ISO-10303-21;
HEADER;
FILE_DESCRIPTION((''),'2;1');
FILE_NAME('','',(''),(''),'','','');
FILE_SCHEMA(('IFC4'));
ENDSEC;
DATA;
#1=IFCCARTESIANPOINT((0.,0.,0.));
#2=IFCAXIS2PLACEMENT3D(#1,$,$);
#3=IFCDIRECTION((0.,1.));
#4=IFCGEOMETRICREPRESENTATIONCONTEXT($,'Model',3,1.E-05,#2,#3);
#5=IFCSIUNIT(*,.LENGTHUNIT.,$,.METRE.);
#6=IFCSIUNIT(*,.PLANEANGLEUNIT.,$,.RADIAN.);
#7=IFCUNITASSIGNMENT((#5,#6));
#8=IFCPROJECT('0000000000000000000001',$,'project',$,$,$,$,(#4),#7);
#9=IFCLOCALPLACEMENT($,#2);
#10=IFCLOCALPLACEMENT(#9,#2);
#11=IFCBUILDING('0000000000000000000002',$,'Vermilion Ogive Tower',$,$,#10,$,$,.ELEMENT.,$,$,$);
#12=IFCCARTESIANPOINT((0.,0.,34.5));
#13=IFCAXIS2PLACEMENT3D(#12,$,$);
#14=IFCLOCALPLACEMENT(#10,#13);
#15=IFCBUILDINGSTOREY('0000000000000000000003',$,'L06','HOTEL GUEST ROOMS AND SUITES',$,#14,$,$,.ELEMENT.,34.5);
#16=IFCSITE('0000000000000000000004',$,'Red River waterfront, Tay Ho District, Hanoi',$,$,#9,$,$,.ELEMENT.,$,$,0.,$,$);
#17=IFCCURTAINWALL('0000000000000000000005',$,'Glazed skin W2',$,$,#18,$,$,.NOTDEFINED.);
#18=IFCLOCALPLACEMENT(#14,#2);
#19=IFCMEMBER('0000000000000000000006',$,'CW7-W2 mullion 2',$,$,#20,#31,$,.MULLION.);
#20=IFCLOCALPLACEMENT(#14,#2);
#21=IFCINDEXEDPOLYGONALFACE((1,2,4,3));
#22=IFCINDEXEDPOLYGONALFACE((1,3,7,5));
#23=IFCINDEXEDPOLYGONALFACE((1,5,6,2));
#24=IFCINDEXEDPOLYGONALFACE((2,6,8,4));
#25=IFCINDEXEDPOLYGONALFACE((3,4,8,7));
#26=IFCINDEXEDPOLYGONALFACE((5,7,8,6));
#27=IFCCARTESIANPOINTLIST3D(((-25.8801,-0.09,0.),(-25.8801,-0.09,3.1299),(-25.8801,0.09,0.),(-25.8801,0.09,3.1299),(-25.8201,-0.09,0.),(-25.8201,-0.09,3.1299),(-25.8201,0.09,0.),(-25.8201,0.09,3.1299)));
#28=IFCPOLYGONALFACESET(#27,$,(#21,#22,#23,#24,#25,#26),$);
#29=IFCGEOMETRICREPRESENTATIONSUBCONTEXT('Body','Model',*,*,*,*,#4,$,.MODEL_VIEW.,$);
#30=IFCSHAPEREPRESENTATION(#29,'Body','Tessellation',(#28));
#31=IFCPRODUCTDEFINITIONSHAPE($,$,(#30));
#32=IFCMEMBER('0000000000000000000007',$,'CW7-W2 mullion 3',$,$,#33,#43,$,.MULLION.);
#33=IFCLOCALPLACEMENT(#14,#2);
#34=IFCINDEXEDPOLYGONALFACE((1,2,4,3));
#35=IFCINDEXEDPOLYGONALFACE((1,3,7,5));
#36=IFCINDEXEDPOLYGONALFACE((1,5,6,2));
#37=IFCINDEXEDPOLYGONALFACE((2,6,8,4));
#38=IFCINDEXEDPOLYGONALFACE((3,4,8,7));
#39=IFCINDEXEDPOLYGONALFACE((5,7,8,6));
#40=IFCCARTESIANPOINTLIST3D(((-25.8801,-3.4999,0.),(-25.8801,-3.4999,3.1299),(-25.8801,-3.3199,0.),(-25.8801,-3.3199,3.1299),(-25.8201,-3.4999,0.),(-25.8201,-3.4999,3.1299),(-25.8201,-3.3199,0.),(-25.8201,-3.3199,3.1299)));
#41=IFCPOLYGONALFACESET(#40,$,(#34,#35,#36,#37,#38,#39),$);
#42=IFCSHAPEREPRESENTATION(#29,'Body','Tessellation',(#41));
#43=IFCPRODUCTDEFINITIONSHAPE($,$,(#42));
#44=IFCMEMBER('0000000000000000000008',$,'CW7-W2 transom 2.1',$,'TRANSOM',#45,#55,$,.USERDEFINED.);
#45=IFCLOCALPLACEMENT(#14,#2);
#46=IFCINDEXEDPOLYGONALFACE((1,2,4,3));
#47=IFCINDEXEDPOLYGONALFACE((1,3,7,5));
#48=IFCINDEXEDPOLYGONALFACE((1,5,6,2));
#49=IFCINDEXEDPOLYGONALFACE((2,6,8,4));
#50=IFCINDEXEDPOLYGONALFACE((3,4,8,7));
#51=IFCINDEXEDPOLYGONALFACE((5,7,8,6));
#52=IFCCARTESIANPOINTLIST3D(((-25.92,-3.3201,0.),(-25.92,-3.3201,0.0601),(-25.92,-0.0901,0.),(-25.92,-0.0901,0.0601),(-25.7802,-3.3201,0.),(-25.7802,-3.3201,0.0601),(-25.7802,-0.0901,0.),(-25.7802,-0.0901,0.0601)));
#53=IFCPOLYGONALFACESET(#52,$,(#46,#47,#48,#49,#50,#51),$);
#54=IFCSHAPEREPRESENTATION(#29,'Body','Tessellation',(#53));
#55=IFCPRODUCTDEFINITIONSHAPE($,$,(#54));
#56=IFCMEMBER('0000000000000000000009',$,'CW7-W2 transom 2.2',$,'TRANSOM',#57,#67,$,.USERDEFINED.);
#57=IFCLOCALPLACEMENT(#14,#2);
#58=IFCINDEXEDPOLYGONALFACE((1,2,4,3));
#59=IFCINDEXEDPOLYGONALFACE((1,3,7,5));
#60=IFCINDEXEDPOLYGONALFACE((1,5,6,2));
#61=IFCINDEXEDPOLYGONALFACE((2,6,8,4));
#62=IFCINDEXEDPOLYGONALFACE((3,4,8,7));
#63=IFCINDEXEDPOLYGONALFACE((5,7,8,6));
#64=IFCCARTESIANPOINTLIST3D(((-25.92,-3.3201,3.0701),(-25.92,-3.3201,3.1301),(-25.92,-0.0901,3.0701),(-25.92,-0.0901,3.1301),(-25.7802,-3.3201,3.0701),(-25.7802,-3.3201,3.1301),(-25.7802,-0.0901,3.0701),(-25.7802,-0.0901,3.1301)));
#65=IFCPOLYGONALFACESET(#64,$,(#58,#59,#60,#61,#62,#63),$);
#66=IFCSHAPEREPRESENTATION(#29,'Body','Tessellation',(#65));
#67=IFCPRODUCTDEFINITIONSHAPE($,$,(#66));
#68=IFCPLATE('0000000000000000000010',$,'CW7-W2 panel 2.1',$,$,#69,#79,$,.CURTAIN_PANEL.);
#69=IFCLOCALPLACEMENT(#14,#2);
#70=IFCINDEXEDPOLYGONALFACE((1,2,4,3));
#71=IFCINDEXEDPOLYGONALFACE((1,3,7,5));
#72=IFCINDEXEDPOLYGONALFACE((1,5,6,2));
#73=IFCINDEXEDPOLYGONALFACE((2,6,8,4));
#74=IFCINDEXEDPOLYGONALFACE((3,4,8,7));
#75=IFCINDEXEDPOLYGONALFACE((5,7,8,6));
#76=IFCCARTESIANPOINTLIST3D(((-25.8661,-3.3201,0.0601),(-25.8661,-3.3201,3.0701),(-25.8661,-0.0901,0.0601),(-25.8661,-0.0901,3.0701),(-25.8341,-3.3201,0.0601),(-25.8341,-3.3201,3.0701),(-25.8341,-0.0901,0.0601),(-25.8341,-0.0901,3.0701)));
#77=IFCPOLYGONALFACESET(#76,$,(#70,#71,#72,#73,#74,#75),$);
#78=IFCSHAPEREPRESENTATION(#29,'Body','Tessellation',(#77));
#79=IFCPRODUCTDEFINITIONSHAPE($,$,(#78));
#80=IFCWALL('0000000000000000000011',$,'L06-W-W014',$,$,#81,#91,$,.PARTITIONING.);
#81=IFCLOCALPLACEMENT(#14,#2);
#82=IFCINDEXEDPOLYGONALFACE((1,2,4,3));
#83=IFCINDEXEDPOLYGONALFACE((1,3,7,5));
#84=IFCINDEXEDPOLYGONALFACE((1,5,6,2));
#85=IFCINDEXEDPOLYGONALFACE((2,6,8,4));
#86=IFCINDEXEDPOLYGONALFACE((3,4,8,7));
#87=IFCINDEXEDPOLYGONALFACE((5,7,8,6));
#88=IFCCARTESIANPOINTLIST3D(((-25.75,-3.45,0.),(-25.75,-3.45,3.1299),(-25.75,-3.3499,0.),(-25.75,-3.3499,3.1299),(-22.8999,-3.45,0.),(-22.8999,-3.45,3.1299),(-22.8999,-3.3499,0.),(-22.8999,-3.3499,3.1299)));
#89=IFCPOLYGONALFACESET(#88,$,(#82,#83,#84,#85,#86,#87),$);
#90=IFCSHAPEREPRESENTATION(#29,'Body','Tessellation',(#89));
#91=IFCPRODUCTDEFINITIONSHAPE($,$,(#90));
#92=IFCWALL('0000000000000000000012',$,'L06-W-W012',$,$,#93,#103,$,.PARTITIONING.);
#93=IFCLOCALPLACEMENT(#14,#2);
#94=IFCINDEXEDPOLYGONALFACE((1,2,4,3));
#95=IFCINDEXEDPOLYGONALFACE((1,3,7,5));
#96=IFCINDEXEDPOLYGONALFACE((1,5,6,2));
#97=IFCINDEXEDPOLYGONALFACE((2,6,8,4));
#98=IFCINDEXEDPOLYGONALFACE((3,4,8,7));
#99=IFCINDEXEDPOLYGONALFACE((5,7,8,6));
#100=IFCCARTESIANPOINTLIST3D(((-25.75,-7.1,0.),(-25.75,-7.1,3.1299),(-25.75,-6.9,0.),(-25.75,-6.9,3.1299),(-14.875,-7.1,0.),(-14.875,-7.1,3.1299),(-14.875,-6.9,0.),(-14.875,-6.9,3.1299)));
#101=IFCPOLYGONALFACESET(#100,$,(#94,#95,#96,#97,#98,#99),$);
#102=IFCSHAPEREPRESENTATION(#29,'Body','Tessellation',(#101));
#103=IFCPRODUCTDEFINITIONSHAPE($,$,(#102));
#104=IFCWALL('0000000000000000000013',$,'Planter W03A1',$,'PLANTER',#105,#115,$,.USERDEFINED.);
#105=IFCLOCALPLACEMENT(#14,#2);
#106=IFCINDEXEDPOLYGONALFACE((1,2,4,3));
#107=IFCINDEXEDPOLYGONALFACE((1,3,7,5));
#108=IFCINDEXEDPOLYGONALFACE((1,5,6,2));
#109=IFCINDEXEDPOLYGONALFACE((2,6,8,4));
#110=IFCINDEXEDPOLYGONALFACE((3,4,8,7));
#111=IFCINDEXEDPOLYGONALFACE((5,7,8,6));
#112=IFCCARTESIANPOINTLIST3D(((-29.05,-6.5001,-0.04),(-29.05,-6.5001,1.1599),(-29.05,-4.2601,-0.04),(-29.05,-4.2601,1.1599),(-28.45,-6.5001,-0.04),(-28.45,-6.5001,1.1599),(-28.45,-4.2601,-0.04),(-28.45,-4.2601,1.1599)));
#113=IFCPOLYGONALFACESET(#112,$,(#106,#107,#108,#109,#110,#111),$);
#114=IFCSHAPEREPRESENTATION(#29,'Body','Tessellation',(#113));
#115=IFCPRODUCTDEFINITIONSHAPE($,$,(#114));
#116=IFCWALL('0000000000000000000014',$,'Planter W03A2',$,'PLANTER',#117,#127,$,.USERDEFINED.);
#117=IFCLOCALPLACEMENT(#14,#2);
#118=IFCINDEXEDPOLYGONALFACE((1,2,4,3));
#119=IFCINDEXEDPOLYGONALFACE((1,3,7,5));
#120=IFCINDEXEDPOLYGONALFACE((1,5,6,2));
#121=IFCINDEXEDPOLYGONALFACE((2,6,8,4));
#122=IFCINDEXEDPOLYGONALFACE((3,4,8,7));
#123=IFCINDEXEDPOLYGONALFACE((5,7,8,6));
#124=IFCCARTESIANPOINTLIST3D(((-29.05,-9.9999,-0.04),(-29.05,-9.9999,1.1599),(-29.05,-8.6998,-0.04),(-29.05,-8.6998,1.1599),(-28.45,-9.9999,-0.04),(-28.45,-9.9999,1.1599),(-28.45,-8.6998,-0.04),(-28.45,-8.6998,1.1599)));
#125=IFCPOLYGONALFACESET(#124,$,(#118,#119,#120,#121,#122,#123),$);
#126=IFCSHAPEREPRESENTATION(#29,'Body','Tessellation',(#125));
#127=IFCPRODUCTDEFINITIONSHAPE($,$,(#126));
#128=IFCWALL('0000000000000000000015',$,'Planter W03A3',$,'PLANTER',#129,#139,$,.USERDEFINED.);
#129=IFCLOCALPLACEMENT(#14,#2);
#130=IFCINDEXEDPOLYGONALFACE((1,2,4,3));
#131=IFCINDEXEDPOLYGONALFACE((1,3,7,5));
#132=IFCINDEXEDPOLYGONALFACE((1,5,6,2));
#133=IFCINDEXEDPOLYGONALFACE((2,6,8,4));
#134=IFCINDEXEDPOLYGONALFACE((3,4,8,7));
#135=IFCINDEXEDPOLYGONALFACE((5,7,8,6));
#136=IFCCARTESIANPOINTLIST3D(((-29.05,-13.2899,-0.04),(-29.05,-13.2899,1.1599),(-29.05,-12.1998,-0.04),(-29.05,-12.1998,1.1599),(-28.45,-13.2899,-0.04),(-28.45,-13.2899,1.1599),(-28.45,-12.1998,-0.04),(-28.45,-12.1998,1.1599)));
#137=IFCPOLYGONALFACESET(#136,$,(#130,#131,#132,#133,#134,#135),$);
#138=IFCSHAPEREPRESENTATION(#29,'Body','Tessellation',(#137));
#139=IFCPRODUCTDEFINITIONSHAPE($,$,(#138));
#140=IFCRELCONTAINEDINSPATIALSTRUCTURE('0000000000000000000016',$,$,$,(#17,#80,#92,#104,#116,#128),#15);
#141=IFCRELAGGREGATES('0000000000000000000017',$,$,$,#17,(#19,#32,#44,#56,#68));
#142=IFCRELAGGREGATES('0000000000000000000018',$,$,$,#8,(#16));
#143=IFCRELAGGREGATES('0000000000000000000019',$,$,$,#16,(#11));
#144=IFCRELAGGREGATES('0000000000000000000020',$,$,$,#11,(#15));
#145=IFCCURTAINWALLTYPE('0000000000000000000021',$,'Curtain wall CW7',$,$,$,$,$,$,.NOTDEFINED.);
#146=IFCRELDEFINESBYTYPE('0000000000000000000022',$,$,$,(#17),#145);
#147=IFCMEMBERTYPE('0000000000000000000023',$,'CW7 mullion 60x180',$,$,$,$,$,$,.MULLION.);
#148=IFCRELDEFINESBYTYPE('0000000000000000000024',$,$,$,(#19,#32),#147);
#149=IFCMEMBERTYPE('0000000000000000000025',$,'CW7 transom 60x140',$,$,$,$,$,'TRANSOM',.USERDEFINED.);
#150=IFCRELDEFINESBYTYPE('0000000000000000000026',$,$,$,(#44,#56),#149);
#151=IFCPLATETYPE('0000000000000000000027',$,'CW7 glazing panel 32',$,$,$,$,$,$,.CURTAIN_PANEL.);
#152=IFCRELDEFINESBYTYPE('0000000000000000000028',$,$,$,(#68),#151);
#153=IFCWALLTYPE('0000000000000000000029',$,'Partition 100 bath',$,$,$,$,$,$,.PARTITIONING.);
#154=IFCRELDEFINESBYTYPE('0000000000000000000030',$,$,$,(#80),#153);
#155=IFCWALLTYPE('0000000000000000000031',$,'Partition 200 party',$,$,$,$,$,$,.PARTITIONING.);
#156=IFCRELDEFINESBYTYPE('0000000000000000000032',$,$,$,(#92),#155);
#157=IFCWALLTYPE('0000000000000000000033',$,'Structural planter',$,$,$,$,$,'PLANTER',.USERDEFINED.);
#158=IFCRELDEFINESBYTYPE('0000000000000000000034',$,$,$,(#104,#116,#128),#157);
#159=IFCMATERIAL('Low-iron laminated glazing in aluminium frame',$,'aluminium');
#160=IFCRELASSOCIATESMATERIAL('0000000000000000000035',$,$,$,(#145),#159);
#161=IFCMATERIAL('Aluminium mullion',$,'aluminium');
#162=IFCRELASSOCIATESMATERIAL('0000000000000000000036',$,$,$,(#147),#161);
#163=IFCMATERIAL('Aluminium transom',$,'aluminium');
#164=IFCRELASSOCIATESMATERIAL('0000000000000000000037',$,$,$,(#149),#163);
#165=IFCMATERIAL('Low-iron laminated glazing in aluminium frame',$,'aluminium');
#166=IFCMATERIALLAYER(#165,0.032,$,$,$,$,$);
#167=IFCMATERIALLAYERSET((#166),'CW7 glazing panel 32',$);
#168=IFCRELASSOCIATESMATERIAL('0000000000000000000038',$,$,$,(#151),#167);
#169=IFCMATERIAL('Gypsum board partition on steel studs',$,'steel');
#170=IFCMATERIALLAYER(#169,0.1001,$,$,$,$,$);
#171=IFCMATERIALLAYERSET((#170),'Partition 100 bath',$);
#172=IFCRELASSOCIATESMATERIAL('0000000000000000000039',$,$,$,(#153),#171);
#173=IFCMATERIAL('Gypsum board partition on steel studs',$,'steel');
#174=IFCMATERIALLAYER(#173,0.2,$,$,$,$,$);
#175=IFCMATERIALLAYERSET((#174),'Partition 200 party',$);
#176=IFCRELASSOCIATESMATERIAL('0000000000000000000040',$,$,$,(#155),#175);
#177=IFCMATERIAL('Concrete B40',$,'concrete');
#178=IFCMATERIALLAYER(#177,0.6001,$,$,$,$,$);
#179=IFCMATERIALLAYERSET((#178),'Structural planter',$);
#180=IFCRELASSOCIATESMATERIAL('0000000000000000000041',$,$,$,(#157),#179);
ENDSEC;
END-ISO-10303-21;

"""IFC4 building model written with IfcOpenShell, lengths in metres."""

from ifc_helpers import new_model, si_unit, direction, frame, frame_2d, origin, origin_2d, place, context, subcontext, project, spatial, rectangle, extrude, material, layer, layer_set, material_profile, profile_set, type_object, element, aggregate, save


model = new_model("IFC4")

# Units and contexts
model_context = context("Model", 3, precision=1e-05, world=origin(), true_north=direction((0.0, 1.0)))
body_context = subcontext(model_context, "Body", "Model", "MODEL_VIEW")
ifc_project = project(units=[si_unit("LENGTHUNIT", "METRE"), si_unit("PLANEANGLEUNIT", "RADIAN")], contexts=[model_context])

# Site, building, storey
site_placement = place(None, origin())
site = spatial("IfcSite", under=ifc_project, at=site_placement, Name="Red River waterfront, Tay Ho District, Hanoi", CompositionType="ELEMENT", RefElevation=0.0)
building_placement = place(site_placement, origin())
building = spatial("IfcBuilding", under=site, at=building_placement, Name="Vermilion Ogive Tower", CompositionType="ELEMENT")
storey_placement = place(building_placement, frame((0.0, 0.0, 34.5)))
storey = spatial("IfcBuildingStorey", under=building, at=storey_placement, Name="L06", Description="HOTEL GUEST ROOMS AND SUITES", CompositionType="ELEMENT", Elevation=34.5)

# Curtain wall, members, plate
ifc_material_1 = material(Name="Low-iron laminated glazing in aluminium frame", Category="aluminium")
curtain_wall_type = type_object("IfcCurtainWallType", Name="Curtain wall CW7", PredefinedType="NOTDEFINED", material=ifc_material_1)
curtain_wall_placement = place(storey_placement, origin())
curtain_wall = element("IfcCurtainWall", 1, at=curtain_wall_placement, inside=storey, type_object=curtain_wall_type, Name="Glazed skin W2", PredefinedType="NOTDEFINED")
ifc_material_2 = material(Name="Aluminium mullion", Category="aluminium")
ifc_material_profile_1 = material_profile(ifc_material_2, rectangle(XDim=0.0601, YDim=0.1799, at=origin_2d()), Name="AL 60x180")
ifc_profile_set_1 = profile_set([ifc_material_profile_1], Name="Aluminium mullion")
member_type_1 = type_object("IfcMemberType", Name="CW7 mullion 60x180", PredefinedType="MULLION", material=ifc_profile_set_1)
member_1_placement = place(storey_placement, frame((-25.8501, 0.0, 0.0), z_axis=(0.0, 0.0, 1.0), x_axis=(1.0, 0.0, 0.0)))
member_1 = element("IfcMember", 2, at=member_1_placement, type_object=member_type_1, Name="CW7-W2 mullion 2", PredefinedType="MULLION", context=body_context, shape_type="SweptSolid", body=[
    extrude(rectangle(XDim=0.0601, YDim=0.1799, at=origin_2d()), origin(), (0.0, 0.0, 1.0), 3.1299),
])
member_2_placement = place(storey_placement, frame((-25.8501, -3.4099, 0.0), z_axis=(0.0, 0.0, 1.0), x_axis=(1.0, 0.0, 0.0)))
member_2 = element("IfcMember", 3, at=member_2_placement, type_object=member_type_1, Name="CW7-W2 mullion 3", PredefinedType="MULLION", context=body_context, shape_type="SweptSolid", body=[
    extrude(rectangle(XDim=0.0601, YDim=0.1799, at=origin_2d()), origin(), (0.0, 0.0, 1.0), 3.1299),
])
ifc_material_3 = material(Name="Aluminium transom", Category="aluminium")
ifc_material_profile_2 = material_profile(ifc_material_3, rectangle(XDim=0.1399, YDim=0.0601, at=origin_2d()), Name="AL 60x140")
ifc_profile_set_2 = profile_set([ifc_material_profile_2], Name="Aluminium transom")
member_type_2 = type_object("IfcMemberType", Name="CW7 transom 60x140", ElementType="TRANSOM", PredefinedType="USERDEFINED", material=ifc_profile_set_2)
member_3_placement = place(storey_placement, frame((-25.8501, -0.0901, 0.03), z_axis=(0.0, -1.0, 0.0), x_axis=(1.0, 0.0, 0.0)))
member_3 = element("IfcMember", 4, at=member_3_placement, type_object=member_type_2, Name="CW7-W2 transom 2.1", ObjectType="TRANSOM", PredefinedType="USERDEFINED", context=body_context, shape_type="SweptSolid", body=[
    extrude(rectangle(XDim=0.1399, YDim=0.0601, at=origin_2d()), origin(), (0.0, 0.0, 1.0), 3.23),
])
member_4_placement = place(storey_placement, frame((-25.8501, -0.0901, 3.1001), z_axis=(0.0, -1.0, 0.0), x_axis=(1.0, 0.0, 0.0)))
member_4 = element("IfcMember", 5, at=member_4_placement, type_object=member_type_2, Name="CW7-W2 transom 2.2", ObjectType="TRANSOM", PredefinedType="USERDEFINED", context=body_context, shape_type="SweptSolid", body=[
    extrude(rectangle(XDim=0.1399, YDim=0.0601, at=origin_2d()), origin(), (0.0, 0.0, 1.0), 3.23),
])
ifc_material_4 = material(Name="Low-iron laminated glazing in aluminium frame", Category="aluminium")
ifc_layer_1 = layer(ifc_material_4, 0.032)
ifc_layer_set_1 = layer_set([ifc_layer_1], Name="CW7 glazing panel 32")
plate_type = type_object("IfcPlateType", Name="CW7 glazing panel 32", PredefinedType="CURTAIN_PANEL", material=ifc_layer_set_1)
plate_placement = place(storey_placement, frame((-25.8501, -1.7051, 0.0601), z_axis=(0.0, 0.0, 1.0), x_axis=(0.0, -1.0, 0.0)))
plate = element("IfcPlate", 6, at=plate_placement, type_object=plate_type, Name="CW7-W2 panel 2.1", PredefinedType="CURTAIN_PANEL", context=body_context, shape_type="SweptSolid", body=[
    extrude(rectangle(XDim=3.23, YDim=0.032, at=origin_2d()), origin(), (0.0, 0.0, 1.0), 3.01),
])
aggregate(curtain_wall, [member_1, member_2, member_3, member_4, plate])

# Walls
ifc_material_5 = material(Name="Gypsum board partition on steel studs", Category="steel")
ifc_layer_2 = layer(ifc_material_5, 0.1001)
ifc_layer_set_2 = layer_set([ifc_layer_2], Name="Partition 100 bath")
wall_type_1 = type_object("IfcWallType", Name="Partition 100 bath", PredefinedType="PARTITIONING", material=ifc_layer_set_2)
wall_1_placement = place(storey_placement, frame((-25.75, -3.3999, 0.0), z_axis=(0.0, 0.0, 1.0), x_axis=(1.0, 0.0, 0.0)))
element("IfcWall", 7, at=wall_1_placement, inside=storey, type_object=wall_type_1, Name="L06-W-W014", PredefinedType="PARTITIONING", context=body_context, shape_type="SweptSolid", body=[
    extrude(rectangle(XDim=2.8501, YDim=0.1001, at=frame_2d((1.425, 0.0))), origin(), (0.0, 0.0, 1.0), 3.1299),
])
ifc_material_6 = material(Name="Gypsum board partition on steel studs", Category="steel")
ifc_layer_3 = layer(ifc_material_6, 0.2)
ifc_layer_set_3 = layer_set([ifc_layer_3], Name="Partition 200 party")
wall_type_2 = type_object("IfcWallType", Name="Partition 200 party", PredefinedType="PARTITIONING", material=ifc_layer_set_3)
wall_2_placement = place(storey_placement, frame((-25.75, -7.0, 0.0), z_axis=(0.0, 0.0, 1.0), x_axis=(1.0, 0.0, 0.0)))
element("IfcWall", 8, at=wall_2_placement, inside=storey, type_object=wall_type_2, Name="L06-W-W012", PredefinedType="PARTITIONING", context=body_context, shape_type="SweptSolid", body=[
    extrude(rectangle(XDim=10.875, YDim=0.2, at=frame_2d((5.4375, 0.0))), origin(), (0.0, 0.0, 1.0), 3.1299),
])
ifc_material_7 = material(Name="Concrete B40", Category="concrete")
ifc_layer_4 = layer(ifc_material_7, 0.6001)
ifc_layer_set_4 = layer_set([ifc_layer_4], Name="Structural planter")
wall_type_3 = type_object("IfcWallType", Name="Structural planter", ElementType="PLANTER", PredefinedType="USERDEFINED", material=ifc_layer_set_4)
wall_3_placement = place(storey_placement, frame((-28.75, -4.26, -0.04), z_axis=(0.0, 0.0, 1.0), x_axis=(0.0, -1.0, 0.0)))
element("IfcWall", 9, at=wall_3_placement, inside=storey, type_object=wall_type_3, Name="Planter W03A1", ObjectType="PLANTER", PredefinedType="USERDEFINED", context=body_context, shape_type="SweptSolid", body=[
    extrude(rectangle(XDim=2.24, YDim=0.6001, at=frame_2d((1.1201, 0.0))), origin(), (0.0, 0.0, 1.0), 1.2),
])
wall_4_placement = place(storey_placement, frame((-28.75, -8.7, -0.04), z_axis=(0.0, 0.0, 1.0), x_axis=(0.0, -1.0, 0.0)))
element("IfcWall", 10, at=wall_4_placement, inside=storey, type_object=wall_type_3, Name="Planter W03A2", ObjectType="PLANTER", PredefinedType="USERDEFINED", context=body_context, shape_type="SweptSolid", body=[
    extrude(rectangle(XDim=1.3, YDim=0.6001, at=frame_2d((0.6499, 0.0))), origin(), (0.0, 0.0, 1.0), 1.2),
])
wall_5_placement = place(storey_placement, frame((-28.75, -12.2, -0.04), z_axis=(0.0, 0.0, 1.0), x_axis=(0.0, -1.0, 0.0)))
element("IfcWall", 11, at=wall_5_placement, inside=storey, type_object=wall_type_3, Name="Planter W03A3", ObjectType="PLANTER", PredefinedType="USERDEFINED", context=body_context, shape_type="SweptSolid", body=[
    extrude(rectangle(XDim=1.0901, YDim=0.6001, at=frame_2d((0.5449, 0.0))), origin(), (0.0, 0.0, 1.0), 1.2),
])

save(model, "model.ifc")
